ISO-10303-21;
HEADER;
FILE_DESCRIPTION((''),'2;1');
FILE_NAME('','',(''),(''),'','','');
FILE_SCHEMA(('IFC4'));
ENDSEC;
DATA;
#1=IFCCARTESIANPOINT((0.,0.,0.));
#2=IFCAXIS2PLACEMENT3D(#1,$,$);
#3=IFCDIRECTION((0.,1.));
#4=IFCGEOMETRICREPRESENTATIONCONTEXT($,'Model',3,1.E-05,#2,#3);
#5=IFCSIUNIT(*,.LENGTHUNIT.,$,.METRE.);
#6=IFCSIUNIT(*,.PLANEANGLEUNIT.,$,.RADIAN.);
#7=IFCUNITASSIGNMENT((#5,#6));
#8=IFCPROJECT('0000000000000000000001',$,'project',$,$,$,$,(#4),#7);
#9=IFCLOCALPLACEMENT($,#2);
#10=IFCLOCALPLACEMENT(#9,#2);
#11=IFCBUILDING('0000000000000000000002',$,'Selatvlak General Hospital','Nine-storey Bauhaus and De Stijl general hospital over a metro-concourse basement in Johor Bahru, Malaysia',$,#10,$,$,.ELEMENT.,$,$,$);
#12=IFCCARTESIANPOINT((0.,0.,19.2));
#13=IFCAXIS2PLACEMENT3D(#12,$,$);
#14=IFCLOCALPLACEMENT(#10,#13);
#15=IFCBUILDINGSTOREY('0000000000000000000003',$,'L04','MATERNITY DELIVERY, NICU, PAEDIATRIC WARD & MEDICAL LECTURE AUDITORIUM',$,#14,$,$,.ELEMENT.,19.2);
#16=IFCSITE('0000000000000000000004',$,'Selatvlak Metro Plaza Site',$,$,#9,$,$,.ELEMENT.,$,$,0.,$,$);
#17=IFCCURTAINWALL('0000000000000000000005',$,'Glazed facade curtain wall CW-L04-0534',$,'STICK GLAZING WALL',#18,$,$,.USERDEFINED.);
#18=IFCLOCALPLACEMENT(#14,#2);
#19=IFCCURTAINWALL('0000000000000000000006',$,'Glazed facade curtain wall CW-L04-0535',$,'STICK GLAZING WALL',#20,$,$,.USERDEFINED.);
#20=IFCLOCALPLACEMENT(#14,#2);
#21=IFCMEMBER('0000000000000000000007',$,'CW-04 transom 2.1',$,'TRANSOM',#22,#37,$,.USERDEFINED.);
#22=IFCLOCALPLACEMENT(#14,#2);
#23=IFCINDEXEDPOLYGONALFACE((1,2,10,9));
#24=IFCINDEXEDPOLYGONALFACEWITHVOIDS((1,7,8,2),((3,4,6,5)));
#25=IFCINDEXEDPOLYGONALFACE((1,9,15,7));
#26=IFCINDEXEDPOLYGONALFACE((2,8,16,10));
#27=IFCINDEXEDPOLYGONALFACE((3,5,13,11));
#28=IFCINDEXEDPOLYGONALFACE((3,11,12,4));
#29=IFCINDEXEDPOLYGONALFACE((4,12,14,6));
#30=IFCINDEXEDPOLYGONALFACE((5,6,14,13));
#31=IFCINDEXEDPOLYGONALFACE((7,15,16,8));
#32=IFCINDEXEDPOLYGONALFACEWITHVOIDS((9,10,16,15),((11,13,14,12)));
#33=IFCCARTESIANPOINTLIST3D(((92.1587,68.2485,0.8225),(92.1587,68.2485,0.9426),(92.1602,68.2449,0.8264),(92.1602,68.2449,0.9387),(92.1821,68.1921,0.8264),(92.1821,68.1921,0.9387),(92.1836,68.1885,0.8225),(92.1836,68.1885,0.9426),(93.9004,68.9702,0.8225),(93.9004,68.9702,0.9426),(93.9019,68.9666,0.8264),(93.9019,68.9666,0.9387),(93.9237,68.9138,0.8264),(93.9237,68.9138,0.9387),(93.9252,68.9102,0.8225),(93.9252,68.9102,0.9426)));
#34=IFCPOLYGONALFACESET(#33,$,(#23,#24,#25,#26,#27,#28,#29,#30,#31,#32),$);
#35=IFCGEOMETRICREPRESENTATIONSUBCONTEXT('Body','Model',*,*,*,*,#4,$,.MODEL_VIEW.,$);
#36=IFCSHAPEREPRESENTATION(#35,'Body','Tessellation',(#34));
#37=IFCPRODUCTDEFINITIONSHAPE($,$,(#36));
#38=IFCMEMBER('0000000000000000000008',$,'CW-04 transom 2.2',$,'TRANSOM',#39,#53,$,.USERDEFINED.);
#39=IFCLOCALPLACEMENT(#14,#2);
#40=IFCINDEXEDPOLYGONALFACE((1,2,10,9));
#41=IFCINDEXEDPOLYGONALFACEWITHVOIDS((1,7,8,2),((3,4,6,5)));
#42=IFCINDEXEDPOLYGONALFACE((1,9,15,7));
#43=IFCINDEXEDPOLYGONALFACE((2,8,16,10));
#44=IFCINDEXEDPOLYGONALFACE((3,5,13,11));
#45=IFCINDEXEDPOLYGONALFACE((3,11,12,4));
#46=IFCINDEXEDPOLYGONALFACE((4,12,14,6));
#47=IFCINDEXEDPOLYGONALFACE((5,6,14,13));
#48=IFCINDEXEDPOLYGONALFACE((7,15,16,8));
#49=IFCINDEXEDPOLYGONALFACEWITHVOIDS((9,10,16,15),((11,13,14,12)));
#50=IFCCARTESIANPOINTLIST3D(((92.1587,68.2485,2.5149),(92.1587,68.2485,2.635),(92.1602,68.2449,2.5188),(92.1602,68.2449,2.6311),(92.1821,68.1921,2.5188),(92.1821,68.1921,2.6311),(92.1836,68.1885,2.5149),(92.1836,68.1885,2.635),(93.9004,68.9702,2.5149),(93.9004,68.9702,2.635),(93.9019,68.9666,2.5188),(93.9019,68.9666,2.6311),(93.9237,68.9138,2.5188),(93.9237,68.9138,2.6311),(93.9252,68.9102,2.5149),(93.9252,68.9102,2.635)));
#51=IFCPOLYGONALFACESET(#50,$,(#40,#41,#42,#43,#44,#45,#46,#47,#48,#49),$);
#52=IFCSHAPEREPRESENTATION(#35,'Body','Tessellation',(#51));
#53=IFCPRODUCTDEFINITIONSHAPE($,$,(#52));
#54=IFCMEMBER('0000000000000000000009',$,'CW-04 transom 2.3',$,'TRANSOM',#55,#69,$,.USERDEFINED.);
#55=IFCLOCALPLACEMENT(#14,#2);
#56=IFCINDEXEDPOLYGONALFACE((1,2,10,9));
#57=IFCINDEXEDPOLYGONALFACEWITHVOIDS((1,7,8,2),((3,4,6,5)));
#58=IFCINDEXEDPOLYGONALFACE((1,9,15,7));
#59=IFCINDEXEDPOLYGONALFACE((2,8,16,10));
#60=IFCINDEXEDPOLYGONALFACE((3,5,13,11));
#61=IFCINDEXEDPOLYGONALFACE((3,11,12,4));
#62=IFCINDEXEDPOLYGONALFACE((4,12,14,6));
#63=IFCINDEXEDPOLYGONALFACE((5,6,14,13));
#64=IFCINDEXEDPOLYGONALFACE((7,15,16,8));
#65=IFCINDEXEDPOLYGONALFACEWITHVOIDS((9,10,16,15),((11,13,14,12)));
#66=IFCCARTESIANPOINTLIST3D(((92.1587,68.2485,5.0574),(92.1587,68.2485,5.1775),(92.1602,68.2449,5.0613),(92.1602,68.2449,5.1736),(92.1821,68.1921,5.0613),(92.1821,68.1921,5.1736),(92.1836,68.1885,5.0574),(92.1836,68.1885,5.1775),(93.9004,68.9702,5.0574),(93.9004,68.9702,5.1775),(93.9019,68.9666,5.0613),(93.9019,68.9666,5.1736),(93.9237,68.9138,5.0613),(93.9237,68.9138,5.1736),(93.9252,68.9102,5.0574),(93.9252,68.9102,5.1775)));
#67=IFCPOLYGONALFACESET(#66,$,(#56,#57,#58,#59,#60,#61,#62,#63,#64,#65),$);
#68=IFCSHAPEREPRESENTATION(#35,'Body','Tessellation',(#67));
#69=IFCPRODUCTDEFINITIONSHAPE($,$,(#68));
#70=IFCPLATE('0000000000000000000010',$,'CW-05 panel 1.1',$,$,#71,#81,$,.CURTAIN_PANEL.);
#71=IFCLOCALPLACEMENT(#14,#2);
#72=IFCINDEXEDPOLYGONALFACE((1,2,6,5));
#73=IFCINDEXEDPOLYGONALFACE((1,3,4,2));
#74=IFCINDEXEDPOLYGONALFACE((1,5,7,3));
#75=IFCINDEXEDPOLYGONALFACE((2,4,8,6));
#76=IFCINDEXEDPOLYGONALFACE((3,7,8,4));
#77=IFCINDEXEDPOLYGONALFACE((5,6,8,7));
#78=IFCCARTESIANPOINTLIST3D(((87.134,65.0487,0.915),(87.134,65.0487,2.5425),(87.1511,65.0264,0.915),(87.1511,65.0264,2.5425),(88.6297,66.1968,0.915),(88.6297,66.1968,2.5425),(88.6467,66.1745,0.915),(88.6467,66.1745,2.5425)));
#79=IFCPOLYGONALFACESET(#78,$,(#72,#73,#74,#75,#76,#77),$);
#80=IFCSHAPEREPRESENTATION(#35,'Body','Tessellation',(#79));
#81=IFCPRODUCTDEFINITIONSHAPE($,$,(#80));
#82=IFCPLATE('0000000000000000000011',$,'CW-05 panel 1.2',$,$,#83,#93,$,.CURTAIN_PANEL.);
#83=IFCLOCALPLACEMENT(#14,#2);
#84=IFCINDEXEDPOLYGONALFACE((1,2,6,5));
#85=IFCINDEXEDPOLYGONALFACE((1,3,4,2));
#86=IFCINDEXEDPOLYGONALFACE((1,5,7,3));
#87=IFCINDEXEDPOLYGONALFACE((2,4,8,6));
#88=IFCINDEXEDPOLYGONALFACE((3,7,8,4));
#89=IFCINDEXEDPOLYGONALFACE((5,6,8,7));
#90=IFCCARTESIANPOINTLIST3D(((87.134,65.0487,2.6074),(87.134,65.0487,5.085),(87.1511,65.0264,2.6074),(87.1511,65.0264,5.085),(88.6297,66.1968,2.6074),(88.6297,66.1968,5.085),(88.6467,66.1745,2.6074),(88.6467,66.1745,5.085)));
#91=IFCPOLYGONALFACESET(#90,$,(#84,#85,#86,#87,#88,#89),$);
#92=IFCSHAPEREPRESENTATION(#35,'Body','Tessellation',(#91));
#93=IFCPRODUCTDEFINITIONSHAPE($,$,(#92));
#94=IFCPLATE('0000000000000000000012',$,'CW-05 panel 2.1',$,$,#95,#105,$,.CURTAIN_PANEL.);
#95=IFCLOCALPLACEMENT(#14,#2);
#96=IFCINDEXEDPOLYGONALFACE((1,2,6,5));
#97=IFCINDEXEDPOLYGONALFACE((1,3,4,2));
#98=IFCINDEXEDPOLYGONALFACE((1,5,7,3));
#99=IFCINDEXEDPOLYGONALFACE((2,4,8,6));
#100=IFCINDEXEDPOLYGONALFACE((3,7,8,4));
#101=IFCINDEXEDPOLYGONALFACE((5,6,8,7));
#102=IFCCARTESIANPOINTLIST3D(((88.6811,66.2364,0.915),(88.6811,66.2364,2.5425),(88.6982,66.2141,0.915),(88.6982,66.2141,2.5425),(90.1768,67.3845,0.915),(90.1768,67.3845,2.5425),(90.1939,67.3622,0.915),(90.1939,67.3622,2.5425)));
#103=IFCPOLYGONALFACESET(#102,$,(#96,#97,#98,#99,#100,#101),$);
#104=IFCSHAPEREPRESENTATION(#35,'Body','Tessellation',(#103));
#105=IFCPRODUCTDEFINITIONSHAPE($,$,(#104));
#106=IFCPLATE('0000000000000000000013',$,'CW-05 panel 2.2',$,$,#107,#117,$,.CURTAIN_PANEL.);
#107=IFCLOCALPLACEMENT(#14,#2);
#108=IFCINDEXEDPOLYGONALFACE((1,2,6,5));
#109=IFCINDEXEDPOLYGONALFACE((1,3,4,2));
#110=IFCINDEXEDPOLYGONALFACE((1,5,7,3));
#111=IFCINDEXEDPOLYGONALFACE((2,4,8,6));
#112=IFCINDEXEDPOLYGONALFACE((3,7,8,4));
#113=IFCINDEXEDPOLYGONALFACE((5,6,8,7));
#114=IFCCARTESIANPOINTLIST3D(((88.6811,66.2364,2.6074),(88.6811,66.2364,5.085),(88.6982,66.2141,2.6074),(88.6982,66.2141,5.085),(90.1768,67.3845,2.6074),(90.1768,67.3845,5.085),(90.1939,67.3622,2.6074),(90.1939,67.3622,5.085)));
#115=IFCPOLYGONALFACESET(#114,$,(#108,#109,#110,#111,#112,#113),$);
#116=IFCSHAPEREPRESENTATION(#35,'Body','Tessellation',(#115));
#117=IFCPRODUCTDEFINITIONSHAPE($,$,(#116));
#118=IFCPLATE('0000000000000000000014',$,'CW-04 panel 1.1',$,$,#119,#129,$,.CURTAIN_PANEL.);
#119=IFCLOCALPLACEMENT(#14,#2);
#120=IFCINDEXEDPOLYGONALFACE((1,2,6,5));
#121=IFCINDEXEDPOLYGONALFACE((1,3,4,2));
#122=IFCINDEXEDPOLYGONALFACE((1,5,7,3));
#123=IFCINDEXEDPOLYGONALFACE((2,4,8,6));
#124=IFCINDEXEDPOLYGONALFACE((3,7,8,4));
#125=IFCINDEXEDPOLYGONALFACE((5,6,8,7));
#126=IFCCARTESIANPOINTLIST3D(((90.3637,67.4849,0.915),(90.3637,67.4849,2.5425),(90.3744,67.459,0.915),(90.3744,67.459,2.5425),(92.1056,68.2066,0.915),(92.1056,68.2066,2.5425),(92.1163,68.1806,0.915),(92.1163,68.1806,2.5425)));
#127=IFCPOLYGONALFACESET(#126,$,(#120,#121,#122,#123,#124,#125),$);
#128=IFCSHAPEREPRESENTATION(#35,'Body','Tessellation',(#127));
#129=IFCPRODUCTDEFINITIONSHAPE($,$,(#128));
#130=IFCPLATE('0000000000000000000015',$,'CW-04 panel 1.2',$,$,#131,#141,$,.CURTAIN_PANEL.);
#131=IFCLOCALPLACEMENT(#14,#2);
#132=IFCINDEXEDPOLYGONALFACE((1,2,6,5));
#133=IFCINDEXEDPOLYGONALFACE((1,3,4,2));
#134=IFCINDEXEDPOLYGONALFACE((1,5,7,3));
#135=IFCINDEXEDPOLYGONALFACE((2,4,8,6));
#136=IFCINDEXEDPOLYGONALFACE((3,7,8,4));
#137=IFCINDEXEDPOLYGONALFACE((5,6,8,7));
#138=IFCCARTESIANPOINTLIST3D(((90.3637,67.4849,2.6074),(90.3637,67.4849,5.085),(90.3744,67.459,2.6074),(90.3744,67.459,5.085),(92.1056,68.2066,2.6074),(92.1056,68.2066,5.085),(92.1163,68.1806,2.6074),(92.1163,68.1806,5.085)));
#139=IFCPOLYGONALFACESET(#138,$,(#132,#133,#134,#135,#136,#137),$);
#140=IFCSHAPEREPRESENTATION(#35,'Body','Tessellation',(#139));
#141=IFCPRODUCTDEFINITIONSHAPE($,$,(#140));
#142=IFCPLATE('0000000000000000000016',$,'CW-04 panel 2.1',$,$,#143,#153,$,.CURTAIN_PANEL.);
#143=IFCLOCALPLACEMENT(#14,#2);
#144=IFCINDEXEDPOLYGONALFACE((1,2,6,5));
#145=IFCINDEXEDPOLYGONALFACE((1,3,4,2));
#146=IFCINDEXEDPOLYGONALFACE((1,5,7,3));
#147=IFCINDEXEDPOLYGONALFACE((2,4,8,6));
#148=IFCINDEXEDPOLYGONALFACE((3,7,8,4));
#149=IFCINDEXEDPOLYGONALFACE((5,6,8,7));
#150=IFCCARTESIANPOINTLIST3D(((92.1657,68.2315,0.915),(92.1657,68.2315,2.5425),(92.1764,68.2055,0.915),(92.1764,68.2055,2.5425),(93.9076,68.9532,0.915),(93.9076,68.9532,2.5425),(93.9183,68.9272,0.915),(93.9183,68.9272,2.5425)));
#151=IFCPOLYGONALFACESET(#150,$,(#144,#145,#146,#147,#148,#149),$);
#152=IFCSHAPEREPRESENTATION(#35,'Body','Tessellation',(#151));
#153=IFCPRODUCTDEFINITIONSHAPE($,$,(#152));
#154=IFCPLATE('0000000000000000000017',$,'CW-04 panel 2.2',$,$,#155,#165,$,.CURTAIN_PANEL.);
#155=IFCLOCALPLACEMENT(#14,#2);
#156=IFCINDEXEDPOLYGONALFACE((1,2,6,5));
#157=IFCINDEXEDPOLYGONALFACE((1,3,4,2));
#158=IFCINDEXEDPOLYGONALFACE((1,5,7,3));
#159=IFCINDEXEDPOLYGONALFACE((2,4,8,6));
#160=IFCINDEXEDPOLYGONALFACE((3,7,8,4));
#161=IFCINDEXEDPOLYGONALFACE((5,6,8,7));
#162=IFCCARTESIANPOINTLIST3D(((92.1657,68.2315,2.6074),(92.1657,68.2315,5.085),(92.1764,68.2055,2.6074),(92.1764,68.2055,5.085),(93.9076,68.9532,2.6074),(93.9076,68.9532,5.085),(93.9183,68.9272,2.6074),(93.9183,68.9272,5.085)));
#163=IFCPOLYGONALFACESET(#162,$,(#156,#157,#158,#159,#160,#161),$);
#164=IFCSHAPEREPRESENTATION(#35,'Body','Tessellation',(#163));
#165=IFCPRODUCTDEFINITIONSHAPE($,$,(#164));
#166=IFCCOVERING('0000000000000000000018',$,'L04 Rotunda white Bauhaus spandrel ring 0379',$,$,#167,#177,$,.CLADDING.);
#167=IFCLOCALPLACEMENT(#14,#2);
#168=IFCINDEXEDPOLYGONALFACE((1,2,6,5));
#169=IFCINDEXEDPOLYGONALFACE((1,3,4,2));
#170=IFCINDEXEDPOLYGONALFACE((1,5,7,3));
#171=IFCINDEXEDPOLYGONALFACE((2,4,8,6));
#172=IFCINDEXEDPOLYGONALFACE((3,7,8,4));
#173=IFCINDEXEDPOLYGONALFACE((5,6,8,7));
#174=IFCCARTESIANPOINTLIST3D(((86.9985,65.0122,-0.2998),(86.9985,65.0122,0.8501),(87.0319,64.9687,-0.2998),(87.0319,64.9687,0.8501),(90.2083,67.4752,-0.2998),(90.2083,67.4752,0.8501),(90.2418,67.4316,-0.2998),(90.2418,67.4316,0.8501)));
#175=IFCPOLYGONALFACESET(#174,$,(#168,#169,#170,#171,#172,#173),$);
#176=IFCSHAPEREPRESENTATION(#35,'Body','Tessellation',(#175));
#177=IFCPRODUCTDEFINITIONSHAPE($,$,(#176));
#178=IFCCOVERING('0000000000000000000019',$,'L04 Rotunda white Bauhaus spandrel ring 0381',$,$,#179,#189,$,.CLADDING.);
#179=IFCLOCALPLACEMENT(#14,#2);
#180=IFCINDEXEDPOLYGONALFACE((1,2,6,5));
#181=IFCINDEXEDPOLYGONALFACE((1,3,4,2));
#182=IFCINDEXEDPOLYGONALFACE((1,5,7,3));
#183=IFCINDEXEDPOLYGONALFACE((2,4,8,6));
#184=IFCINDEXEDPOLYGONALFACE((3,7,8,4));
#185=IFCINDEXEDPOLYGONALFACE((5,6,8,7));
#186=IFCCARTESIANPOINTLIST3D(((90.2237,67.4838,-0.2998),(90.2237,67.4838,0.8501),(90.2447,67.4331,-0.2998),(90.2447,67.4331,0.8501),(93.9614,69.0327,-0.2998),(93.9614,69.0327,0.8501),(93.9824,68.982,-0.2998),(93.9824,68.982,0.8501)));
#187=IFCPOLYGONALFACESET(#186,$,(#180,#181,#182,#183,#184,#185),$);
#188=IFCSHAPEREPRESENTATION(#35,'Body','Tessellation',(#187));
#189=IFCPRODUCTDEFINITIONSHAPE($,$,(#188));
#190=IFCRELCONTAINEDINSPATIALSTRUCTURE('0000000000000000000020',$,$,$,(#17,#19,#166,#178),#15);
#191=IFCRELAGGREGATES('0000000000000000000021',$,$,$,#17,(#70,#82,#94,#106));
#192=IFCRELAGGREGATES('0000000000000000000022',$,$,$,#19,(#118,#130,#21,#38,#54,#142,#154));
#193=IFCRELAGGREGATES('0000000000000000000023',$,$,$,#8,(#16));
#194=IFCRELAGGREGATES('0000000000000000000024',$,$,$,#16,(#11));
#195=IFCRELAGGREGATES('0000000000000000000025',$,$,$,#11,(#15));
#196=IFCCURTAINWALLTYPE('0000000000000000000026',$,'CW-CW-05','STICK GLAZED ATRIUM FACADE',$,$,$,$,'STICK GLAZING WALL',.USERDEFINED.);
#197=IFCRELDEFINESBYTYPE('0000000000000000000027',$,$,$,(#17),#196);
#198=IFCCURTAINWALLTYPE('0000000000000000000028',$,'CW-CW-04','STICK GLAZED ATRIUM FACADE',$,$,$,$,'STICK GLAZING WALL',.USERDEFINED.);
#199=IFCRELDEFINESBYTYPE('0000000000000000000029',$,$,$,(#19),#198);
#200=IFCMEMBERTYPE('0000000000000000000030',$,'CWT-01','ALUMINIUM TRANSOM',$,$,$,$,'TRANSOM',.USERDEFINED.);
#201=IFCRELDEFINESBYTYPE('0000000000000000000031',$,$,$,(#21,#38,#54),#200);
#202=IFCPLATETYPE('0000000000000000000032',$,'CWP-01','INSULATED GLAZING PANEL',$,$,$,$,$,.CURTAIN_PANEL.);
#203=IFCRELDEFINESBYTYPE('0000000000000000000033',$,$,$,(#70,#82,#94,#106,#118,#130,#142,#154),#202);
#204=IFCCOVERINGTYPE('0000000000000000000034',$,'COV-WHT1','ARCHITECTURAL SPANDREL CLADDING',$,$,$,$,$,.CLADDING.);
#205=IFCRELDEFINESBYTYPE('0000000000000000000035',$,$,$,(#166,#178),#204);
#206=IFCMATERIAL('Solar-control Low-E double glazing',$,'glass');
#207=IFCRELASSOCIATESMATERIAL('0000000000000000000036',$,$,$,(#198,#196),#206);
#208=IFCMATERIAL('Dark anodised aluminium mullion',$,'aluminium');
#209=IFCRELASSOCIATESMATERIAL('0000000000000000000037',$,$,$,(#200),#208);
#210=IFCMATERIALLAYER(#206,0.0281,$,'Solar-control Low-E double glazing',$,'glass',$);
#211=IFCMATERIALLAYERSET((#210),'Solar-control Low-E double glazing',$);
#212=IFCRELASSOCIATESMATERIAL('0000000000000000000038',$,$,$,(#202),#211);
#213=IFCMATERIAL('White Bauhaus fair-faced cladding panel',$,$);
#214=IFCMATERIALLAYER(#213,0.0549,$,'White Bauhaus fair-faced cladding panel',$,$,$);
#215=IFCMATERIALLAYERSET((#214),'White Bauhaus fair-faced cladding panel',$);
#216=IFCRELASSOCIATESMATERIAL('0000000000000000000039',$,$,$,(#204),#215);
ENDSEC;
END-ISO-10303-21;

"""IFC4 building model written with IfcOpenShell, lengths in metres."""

from ifc_helpers import new_model, si_unit, direction, frame, origin, origin_2d, place, context, subcontext, project, spatial, rectangle, hollow_rectangle, extrude, material, layer, layer_set, material_profile, profile_set, type_object, element, aggregate, save


model = new_model("IFC4")

# Units and contexts
model_context = context("Model", 3, precision=1e-05, world=origin(), true_north=direction((0.0, 1.0)))
body_context = subcontext(model_context, "Body", "Model", "MODEL_VIEW")
ifc_project = project(units=[si_unit("LENGTHUNIT", "METRE"), si_unit("PLANEANGLEUNIT", "RADIAN")], contexts=[model_context])

# Site, building, storey
site_placement = place(None, origin())
site = spatial("IfcSite", under=ifc_project, at=site_placement, Name="Selatvlak Metro Plaza Site", CompositionType="ELEMENT", RefElevation=0.0)
building_placement = place(site_placement, origin())
building = spatial("IfcBuilding", under=site, at=building_placement, Name="Selatvlak General Hospital", Description="Nine-storey Bauhaus and De Stijl general hospital over a metro-concourse basement in Johor Bahru, Malaysia", CompositionType="ELEMENT")
storey_placement = place(building_placement, frame((0.0, 0.0, 19.2)))
storey = spatial("IfcBuildingStorey", under=building, at=storey_placement, Name="L04", Description="MATERNITY DELIVERY, NICU, PAEDIATRIC WARD & MEDICAL LECTURE AUDITORIUM", CompositionType="ELEMENT", Elevation=19.2)

# Shared definitions
ifc_material_1 = material(Name="Solar-control Low-E double glazing", Category="glass")
curtain_wall_type_1 = type_object("IfcCurtainWallType", Name="CW-CW-04", Description="STICK GLAZED ATRIUM FACADE", ElementType="STICK GLAZING WALL", PredefinedType="USERDEFINED", material=ifc_material_1)
ifc_material_2 = material(Name="Dark anodised aluminium mullion", Category="aluminium")

# Curtain walls
curtain_wall_type_2 = type_object("IfcCurtainWallType", Name="CW-CW-05", Description="STICK GLAZED ATRIUM FACADE", ElementType="STICK GLAZING WALL", PredefinedType="USERDEFINED", material=ifc_material_1)
curtain_wall_1_placement = place(storey_placement, origin())
curtain_wall_1 = element("IfcCurtainWall", 1, at=curtain_wall_1_placement, inside=storey, type_object=curtain_wall_type_2, Name="Glazed facade curtain wall CW-L04-0534", ObjectType="STICK GLAZING WALL", PredefinedType="USERDEFINED")
curtain_wall_2_placement = place(storey_placement, origin())
curtain_wall_2 = element("IfcCurtainWall", 2, at=curtain_wall_2_placement, inside=storey, type_object=curtain_wall_type_1, Name="Glazed facade curtain wall CW-L04-0535", ObjectType="STICK GLAZING WALL", PredefinedType="USERDEFINED")

# Members
ifc_material_profile_1 = material_profile(ifc_material_2, hollow_rectangle(XDim=0.0649, YDim=0.1201, WallThickness=0.0039, at=origin_2d()), Name="AL-TRN 65x120x4")
ifc_profile_set_1 = profile_set([ifc_material_profile_1], Name="Dark anodised aluminium mullion")
member_type_1 = type_object("IfcMemberType", Name="CWT-01", Description="ALUMINIUM TRANSOM", ElementType="TRANSOM", PredefinedType="USERDEFINED", material=ifc_profile_set_1)
member_1_placement = place(storey_placement, frame((92.1711, 68.2185, 0.8826), z_axis=(0.923834, 0.382794, 0.0), x_axis=(-0.382794, 0.923834, 0.0)))
member_1 = element("IfcMember", 3, at=member_1_placement, type_object=member_type_1, Name="CW-04 transom 2.1", ObjectType="TRANSOM", PredefinedType="USERDEFINED", context=body_context, shape_type="SweptSolid", body=[
    extrude(hollow_rectangle(XDim=0.0649, YDim=0.1201, WallThickness=0.0039, at=origin_2d()), origin(), (0.0, 0.0, 1.0), 1.8853),
])
member_2_placement = place(storey_placement, frame((92.1711, 68.2185, 2.575), z_axis=(0.923834, 0.382794, 0.0), x_axis=(-0.382794, 0.923834, 0.0)))
member_2 = element("IfcMember", 4, at=member_2_placement, type_object=member_type_1, Name="CW-04 transom 2.2", ObjectType="TRANSOM", PredefinedType="USERDEFINED", context=body_context, shape_type="SweptSolid", body=[
    extrude(hollow_rectangle(XDim=0.0649, YDim=0.1201, WallThickness=0.0039, at=origin_2d()), origin(), (0.0, 0.0, 1.0), 1.8853),
])
member_3_placement = place(storey_placement, frame((92.1711, 68.2185, 5.1174), z_axis=(0.923834, 0.382794, 0.0), x_axis=(-0.382794, 0.923834, 0.0)))
member_3 = element("IfcMember", 5, at=member_3_placement, type_object=member_type_1, Name="CW-04 transom 2.3", ObjectType="TRANSOM", PredefinedType="USERDEFINED", context=body_context, shape_type="SweptSolid", body=[
    extrude(hollow_rectangle(XDim=0.0649, YDim=0.1201, WallThickness=0.0039, at=origin_2d()), origin(), (0.0, 0.0, 1.0), 1.8853),
])

# Plates
ifc_layer_1 = layer(ifc_material_1, 0.0281, Name="Solar-control Low-E double glazing", Category="glass")
ifc_layer_set_1 = layer_set([ifc_layer_1], Name="Solar-control Low-E double glazing")
plate_type = type_object("IfcPlateType", Name="CWP-01", Description="INSULATED GLAZING PANEL", PredefinedType="CURTAIN_PANEL", material=ifc_layer_set_1)
plate_1_placement = place(storey_placement, frame((87.8904, 65.6116, 0.915), z_axis=(0.0, 0.0, 1.0), x_axis=(0.793233, 0.608918, 0.0)))
plate_1 = element("IfcPlate", 6, at=plate_1_placement, type_object=plate_type, Name="CW-05 panel 1.1", PredefinedType="CURTAIN_PANEL", context=body_context, shape_type="SweptSolid", body=[
    extrude(rectangle(XDim=1.8855, YDim=0.0281, at=origin_2d()), origin(), (0.0, 0.0, 1.0), 1.6274),
])
plate_2_placement = place(storey_placement, frame((87.8904, 65.6116, 2.6074), z_axis=(0.0, 0.0, 1.0), x_axis=(0.793233, 0.608918, 0.0)))
plate_2 = element("IfcPlate", 7, at=plate_2_placement, type_object=plate_type, Name="CW-05 panel 1.2", PredefinedType="CURTAIN_PANEL", context=body_context, shape_type="SweptSolid", body=[
    extrude(rectangle(XDim=1.8855, YDim=0.0281, at=origin_2d()), origin(), (0.0, 0.0, 1.0), 2.4775),
])
plate_3_placement = place(storey_placement, frame((89.4375, 66.7993, 0.915), z_axis=(0.0, 0.0, 1.0), x_axis=(0.793233, 0.608918, 0.0)))
plate_3 = element("IfcPlate", 8, at=plate_3_placement, type_object=plate_type, Name="CW-05 panel 2.1", PredefinedType="CURTAIN_PANEL", context=body_context, shape_type="SweptSolid", body=[
    extrude(rectangle(XDim=1.8855, YDim=0.0281, at=origin_2d()), origin(), (0.0, 0.0, 1.0), 1.6274),
])
plate_4_placement = place(storey_placement, frame((89.4375, 66.7993, 2.6074), z_axis=(0.0, 0.0, 1.0), x_axis=(0.793233, 0.608918, 0.0)))
plate_4 = element("IfcPlate", 9, at=plate_4_placement, type_object=plate_type, Name="CW-05 panel 2.2", PredefinedType="CURTAIN_PANEL", context=body_context, shape_type="SweptSolid", body=[
    extrude(rectangle(XDim=1.8855, YDim=0.0281, at=origin_2d()), origin(), (0.0, 0.0, 1.0), 2.4775),
])
aggregate(curtain_wall_1, [plate_1, plate_2, plate_3, plate_4])
plate_5_placement = place(storey_placement, frame((91.24, 67.8328, 0.915), z_axis=(0.0, 0.0, 1.0), x_axis=(0.923851, 0.382753, 0.0)))
plate_5 = element("IfcPlate", 10, at=plate_5_placement, type_object=plate_type, Name="CW-04 panel 1.1", PredefinedType="CURTAIN_PANEL", context=body_context, shape_type="SweptSolid", body=[
    extrude(rectangle(XDim=1.8855, YDim=0.0281, at=origin_2d()), origin(), (0.0, 0.0, 1.0), 1.6274),
])
plate_6_placement = place(storey_placement, frame((91.24, 67.8328, 2.6074), z_axis=(0.0, 0.0, 1.0), x_axis=(0.923851, 0.382753, 0.0)))
plate_6 = element("IfcPlate", 11, at=plate_6_placement, type_object=plate_type, Name="CW-04 panel 1.2", PredefinedType="CURTAIN_PANEL", context=body_context, shape_type="SweptSolid", body=[
    extrude(rectangle(XDim=1.8855, YDim=0.0281, at=origin_2d()), origin(), (0.0, 0.0, 1.0), 2.4775),
])
plate_7_placement = place(storey_placement, frame((93.042, 68.5793, 0.915), z_axis=(0.0, 0.0, 1.0), x_axis=(0.923851, 0.382753, 0.0)))
plate_7 = element("IfcPlate", 12, at=plate_7_placement, type_object=plate_type, Name="CW-04 panel 2.1", PredefinedType="CURTAIN_PANEL", context=body_context, shape_type="SweptSolid", body=[
    extrude(rectangle(XDim=1.8855, YDim=0.0281, at=origin_2d()), origin(), (0.0, 0.0, 1.0), 1.6274),
])
plate_8_placement = place(storey_placement, frame((93.042, 68.5793, 2.6074), z_axis=(0.0, 0.0, 1.0), x_axis=(0.923851, 0.382753, 0.0)))
plate_8 = element("IfcPlate", 13, at=plate_8_placement, type_object=plate_type, Name="CW-04 panel 2.2", PredefinedType="CURTAIN_PANEL", context=body_context, shape_type="SweptSolid", body=[
    extrude(rectangle(XDim=1.8855, YDim=0.0281, at=origin_2d()), origin(), (0.0, 0.0, 1.0), 2.4775),
])
aggregate(curtain_wall_2, [plate_5, plate_6, member_1, member_2, member_3, plate_7, plate_8])

# Coverings
ifc_material_3 = material(Name="White Bauhaus fair-faced cladding panel")
ifc_layer_2 = layer(ifc_material_3, 0.0549, Name="White Bauhaus fair-faced cladding panel")
ifc_layer_set_2 = layer_set([ifc_layer_2], Name="White Bauhaus fair-faced cladding panel")
covering_type = type_object("IfcCoveringType", Name="COV-WHT1", Description="ARCHITECTURAL SPANDREL CLADDING", PredefinedType="CLADDING", material=ifc_layer_set_2)
for number, where, z_axis, x_axis, name in (
    (14, (88.6201, 66.2219, -0.2998), (0.0, 0.0, 1.0), (0.793364, 0.608748, 0.0), "L04 Rotunda white Bauhaus spandrel ring 0379"),
    (15, (92.103, 68.2329, -0.2998), (0.0, 0.0, 1.0), (0.923819, 0.382829, 0.0), "L04 Rotunda white Bauhaus spandrel ring 0381"),
):
    element("IfcCovering", number, at=place(storey_placement, frame(where, z_axis=z_axis, x_axis=x_axis)), inside=storey, type_object=covering_type, Name=name, PredefinedType="CLADDING", context=body_context, shape_type="SweptSolid", body=[
        extrude(rectangle(XDim=4.0459, YDim=0.0549, at=origin_2d()), origin(), (0.0, 0.0, 1.0), 1.1499),
    ])

save(model, "model.ifc")
